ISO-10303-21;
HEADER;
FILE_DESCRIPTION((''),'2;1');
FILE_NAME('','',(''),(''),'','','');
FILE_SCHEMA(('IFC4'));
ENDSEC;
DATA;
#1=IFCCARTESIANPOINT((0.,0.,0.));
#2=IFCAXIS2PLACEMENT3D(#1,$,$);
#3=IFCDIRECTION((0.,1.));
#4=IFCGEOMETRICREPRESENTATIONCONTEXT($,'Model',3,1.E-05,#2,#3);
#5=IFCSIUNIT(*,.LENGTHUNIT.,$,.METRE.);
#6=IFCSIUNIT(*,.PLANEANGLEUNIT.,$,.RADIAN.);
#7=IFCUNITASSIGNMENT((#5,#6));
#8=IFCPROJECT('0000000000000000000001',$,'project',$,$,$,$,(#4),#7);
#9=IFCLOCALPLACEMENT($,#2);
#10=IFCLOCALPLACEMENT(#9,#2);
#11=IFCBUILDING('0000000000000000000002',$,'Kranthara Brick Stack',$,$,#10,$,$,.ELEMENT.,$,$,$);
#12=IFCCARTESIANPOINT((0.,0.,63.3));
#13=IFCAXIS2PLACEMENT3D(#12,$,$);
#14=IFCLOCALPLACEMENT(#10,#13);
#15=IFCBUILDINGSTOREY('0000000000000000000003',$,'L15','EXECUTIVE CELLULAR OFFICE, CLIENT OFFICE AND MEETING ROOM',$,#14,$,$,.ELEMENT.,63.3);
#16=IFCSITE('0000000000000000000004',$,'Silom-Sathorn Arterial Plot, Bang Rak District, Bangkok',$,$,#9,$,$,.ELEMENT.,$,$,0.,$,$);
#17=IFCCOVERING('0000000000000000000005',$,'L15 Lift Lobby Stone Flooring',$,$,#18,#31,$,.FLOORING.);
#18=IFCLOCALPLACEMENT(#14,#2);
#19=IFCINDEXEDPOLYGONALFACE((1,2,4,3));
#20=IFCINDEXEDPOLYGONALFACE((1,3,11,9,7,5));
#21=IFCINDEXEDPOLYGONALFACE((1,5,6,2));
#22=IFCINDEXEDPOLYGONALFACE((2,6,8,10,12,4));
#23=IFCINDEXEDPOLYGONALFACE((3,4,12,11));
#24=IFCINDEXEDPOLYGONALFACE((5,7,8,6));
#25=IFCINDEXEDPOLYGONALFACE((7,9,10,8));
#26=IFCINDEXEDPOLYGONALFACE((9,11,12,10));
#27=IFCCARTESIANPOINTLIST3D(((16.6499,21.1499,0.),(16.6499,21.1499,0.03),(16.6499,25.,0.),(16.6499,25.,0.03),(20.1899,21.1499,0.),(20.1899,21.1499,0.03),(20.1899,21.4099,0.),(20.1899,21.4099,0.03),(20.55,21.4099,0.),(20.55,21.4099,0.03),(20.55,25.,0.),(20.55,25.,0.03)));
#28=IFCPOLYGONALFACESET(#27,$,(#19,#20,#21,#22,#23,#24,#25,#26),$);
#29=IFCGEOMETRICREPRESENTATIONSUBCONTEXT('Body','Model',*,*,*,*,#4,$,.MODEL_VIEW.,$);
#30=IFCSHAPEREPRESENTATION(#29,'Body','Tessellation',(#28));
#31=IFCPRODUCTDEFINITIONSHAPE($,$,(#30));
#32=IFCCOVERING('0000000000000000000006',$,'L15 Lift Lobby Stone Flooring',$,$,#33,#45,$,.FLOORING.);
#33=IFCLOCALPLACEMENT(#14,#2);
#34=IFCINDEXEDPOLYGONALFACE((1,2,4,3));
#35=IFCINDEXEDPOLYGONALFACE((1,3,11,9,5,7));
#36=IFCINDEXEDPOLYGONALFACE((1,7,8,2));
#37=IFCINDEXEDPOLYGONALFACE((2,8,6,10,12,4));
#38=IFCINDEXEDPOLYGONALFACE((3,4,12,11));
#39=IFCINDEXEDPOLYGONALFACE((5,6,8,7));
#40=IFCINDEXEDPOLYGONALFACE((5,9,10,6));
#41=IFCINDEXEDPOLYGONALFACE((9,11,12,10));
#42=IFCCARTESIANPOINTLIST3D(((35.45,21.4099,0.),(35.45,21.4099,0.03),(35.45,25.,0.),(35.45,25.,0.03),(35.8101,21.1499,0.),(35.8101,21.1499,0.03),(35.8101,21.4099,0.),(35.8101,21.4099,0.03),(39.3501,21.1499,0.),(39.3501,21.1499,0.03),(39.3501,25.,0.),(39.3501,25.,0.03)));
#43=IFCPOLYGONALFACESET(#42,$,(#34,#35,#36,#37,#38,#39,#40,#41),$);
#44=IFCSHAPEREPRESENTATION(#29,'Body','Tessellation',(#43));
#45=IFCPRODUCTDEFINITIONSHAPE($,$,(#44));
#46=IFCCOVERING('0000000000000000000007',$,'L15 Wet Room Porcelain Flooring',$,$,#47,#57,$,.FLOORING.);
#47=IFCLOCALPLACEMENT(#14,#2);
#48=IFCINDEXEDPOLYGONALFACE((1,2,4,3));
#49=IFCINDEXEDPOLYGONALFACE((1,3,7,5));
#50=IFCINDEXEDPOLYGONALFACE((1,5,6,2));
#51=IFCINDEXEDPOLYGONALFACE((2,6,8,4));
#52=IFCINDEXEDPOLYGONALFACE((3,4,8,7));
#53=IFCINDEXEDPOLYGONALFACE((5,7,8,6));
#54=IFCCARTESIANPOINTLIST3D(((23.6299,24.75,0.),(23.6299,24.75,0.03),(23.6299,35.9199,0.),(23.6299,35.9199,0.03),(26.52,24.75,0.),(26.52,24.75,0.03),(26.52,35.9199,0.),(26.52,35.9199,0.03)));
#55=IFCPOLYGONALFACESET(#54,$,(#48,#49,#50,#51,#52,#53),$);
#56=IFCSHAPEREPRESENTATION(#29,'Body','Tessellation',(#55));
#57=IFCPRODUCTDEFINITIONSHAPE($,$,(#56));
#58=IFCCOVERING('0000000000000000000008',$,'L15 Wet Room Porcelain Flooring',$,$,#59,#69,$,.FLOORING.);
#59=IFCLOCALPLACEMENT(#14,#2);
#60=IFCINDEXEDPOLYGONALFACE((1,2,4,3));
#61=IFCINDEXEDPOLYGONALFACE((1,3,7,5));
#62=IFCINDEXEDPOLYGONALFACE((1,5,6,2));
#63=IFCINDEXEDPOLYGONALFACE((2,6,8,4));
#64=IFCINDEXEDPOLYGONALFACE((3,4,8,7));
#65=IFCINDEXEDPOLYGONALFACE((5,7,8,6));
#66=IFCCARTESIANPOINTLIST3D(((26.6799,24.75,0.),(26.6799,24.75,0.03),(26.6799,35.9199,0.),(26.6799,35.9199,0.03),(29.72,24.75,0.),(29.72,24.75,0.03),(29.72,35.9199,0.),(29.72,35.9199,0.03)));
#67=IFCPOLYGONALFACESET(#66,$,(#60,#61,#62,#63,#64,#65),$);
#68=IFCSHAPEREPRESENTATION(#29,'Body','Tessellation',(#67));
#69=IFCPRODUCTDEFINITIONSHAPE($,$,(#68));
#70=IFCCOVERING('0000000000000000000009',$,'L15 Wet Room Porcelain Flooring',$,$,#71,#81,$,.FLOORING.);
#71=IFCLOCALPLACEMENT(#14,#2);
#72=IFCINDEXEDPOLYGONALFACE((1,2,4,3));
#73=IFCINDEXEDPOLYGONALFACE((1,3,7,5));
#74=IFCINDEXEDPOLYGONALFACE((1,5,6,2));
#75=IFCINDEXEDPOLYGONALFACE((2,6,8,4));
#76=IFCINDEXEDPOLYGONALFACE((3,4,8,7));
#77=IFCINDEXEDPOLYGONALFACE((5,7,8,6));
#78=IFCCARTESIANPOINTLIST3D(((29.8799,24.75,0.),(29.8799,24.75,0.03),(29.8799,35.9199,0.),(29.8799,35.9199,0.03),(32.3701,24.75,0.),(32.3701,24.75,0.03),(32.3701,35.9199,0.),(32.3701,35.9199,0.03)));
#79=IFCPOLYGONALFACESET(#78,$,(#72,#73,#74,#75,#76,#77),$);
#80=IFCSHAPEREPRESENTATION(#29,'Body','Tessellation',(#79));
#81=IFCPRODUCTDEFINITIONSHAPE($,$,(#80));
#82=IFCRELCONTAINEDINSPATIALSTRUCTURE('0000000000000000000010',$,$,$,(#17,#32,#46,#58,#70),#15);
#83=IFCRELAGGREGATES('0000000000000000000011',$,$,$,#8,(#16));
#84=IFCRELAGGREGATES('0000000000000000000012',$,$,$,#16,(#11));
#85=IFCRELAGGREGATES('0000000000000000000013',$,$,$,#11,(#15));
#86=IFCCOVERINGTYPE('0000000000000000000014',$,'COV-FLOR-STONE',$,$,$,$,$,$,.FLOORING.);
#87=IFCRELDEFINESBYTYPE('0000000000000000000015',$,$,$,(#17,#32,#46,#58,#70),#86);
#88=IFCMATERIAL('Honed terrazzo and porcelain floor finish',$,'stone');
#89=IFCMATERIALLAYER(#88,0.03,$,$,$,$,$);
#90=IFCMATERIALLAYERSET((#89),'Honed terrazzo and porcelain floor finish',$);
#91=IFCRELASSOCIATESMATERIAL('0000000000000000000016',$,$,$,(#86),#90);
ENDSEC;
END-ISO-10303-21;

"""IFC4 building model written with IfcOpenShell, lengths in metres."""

from ifc_helpers import new_model, si_unit, direction, frame, origin, place, context, subcontext, project, spatial, polyline, outline, extrude, material, layer, layer_set, type_object, element, save


model = new_model("IFC4")

# Units and contexts
model_context = context("Model", 3, precision=1e-05, world=origin(), true_north=direction((0.0, 1.0)))
body_context = subcontext(model_context, "Body", "Model", "MODEL_VIEW")
ifc_project = project(units=[si_unit("LENGTHUNIT", "METRE"), si_unit("PLANEANGLEUNIT", "RADIAN")], contexts=[model_context])

# Site, building, storey
site_placement = place(None, origin())
site = spatial("IfcSite", under=ifc_project, at=site_placement, Name="Silom-Sathorn Arterial Plot, Bang Rak District, Bangkok", CompositionType="ELEMENT", RefElevation=0.0)
building_placement = place(site_placement, origin())
building = spatial("IfcBuilding", under=site, at=building_placement, Name="Kranthara Brick Stack", CompositionType="ELEMENT")
storey_placement = place(building_placement, frame((0.0, 0.0, 63.3)))
storey = spatial("IfcBuildingStorey", under=building, at=storey_placement, Name="L15", Description="EXECUTIVE CELLULAR OFFICE, CLIENT OFFICE AND MEETING ROOM", CompositionType="ELEMENT", Elevation=63.3)

# Coverings
ifc_material_1 = material(Name="Honed terrazzo and porcelain floor finish", Category="stone")
ifc_layer_1 = layer(ifc_material_1, 0.03)
ifc_layer_set_1 = layer_set([ifc_layer_1], Name="Honed terrazzo and porcelain floor finish")
covering_type_1 = type_object("IfcCoveringType", Name="COV-FLOR-STONE", PredefinedType="FLOORING", material=ifc_layer_set_1)
covering_1_placement = place(storey_placement, origin())
element("IfcCovering", 1, at=covering_1_placement, inside=storey, type_object=covering_type_1, Name="L15 Lift Lobby Stone Flooring", PredefinedType="FLOORING", context=body_context, shape_type="SweptSolid", body=[
    extrude(outline(polyline([(16.6499, 21.1499), (16.6499, 25.0), (20.55, 25.0), (20.55, 21.4099), (20.1899, 21.4099), (20.1899, 21.1499), (16.6499, 21.1499)])), origin(), (0.0, 0.0, 1.0), 0.03),
])
covering_2_placement = place(storey_placement, origin())
element("IfcCovering", 2, at=covering_2_placement, inside=storey, type_object=covering_type_1, Name="L15 Lift Lobby Stone Flooring", PredefinedType="FLOORING", context=body_context, shape_type="SweptSolid", body=[
    extrude(outline(polyline([(35.45, 25.0), (39.3501, 25.0), (39.3501, 21.1499), (35.8101, 21.1499), (35.8101, 21.4099), (35.45, 21.4099), (35.45, 25.0)])), origin(), (0.0, 0.0, 1.0), 0.03),
])
covering_3_placement = place(storey_placement, origin())
element("IfcCovering", 3, at=covering_3_placement, inside=storey, type_object=covering_type_1, Name="L15 Wet Room Porcelain Flooring", PredefinedType="FLOORING", context=body_context, shape_type="SweptSolid", body=[
    extrude(outline(polyline([(26.52, 24.75), (26.52, 35.9199), (23.6299, 35.9199), (23.6299, 24.75), (26.52, 24.75)])), origin(), (0.0, 0.0, 1.0), 0.03),
])
covering_4_placement = place(storey_placement, origin())
element("IfcCovering", 4, at=covering_4_placement, inside=storey, type_object=covering_type_1, Name="L15 Wet Room Porcelain Flooring", PredefinedType="FLOORING", context=body_context, shape_type="SweptSolid", body=[
    extrude(outline(polyline([(29.72, 24.75), (29.72, 35.9199), (26.6799, 35.9199), (26.6799, 24.75), (29.72, 24.75)])), origin(), (0.0, 0.0, 1.0), 0.03),
])
covering_5_placement = place(storey_placement, origin())
element("IfcCovering", 5, at=covering_5_placement, inside=storey, type_object=covering_type_1, Name="L15 Wet Room Porcelain Flooring", PredefinedType="FLOORING", context=body_context, shape_type="SweptSolid", body=[
    extrude(outline(polyline([(32.3701, 24.75), (32.3701, 35.9199), (29.8799, 35.9199), (29.8799, 24.75), (32.3701, 24.75)])), origin(), (0.0, 0.0, 1.0), 0.03),
])

save(model, "model.ifc")
